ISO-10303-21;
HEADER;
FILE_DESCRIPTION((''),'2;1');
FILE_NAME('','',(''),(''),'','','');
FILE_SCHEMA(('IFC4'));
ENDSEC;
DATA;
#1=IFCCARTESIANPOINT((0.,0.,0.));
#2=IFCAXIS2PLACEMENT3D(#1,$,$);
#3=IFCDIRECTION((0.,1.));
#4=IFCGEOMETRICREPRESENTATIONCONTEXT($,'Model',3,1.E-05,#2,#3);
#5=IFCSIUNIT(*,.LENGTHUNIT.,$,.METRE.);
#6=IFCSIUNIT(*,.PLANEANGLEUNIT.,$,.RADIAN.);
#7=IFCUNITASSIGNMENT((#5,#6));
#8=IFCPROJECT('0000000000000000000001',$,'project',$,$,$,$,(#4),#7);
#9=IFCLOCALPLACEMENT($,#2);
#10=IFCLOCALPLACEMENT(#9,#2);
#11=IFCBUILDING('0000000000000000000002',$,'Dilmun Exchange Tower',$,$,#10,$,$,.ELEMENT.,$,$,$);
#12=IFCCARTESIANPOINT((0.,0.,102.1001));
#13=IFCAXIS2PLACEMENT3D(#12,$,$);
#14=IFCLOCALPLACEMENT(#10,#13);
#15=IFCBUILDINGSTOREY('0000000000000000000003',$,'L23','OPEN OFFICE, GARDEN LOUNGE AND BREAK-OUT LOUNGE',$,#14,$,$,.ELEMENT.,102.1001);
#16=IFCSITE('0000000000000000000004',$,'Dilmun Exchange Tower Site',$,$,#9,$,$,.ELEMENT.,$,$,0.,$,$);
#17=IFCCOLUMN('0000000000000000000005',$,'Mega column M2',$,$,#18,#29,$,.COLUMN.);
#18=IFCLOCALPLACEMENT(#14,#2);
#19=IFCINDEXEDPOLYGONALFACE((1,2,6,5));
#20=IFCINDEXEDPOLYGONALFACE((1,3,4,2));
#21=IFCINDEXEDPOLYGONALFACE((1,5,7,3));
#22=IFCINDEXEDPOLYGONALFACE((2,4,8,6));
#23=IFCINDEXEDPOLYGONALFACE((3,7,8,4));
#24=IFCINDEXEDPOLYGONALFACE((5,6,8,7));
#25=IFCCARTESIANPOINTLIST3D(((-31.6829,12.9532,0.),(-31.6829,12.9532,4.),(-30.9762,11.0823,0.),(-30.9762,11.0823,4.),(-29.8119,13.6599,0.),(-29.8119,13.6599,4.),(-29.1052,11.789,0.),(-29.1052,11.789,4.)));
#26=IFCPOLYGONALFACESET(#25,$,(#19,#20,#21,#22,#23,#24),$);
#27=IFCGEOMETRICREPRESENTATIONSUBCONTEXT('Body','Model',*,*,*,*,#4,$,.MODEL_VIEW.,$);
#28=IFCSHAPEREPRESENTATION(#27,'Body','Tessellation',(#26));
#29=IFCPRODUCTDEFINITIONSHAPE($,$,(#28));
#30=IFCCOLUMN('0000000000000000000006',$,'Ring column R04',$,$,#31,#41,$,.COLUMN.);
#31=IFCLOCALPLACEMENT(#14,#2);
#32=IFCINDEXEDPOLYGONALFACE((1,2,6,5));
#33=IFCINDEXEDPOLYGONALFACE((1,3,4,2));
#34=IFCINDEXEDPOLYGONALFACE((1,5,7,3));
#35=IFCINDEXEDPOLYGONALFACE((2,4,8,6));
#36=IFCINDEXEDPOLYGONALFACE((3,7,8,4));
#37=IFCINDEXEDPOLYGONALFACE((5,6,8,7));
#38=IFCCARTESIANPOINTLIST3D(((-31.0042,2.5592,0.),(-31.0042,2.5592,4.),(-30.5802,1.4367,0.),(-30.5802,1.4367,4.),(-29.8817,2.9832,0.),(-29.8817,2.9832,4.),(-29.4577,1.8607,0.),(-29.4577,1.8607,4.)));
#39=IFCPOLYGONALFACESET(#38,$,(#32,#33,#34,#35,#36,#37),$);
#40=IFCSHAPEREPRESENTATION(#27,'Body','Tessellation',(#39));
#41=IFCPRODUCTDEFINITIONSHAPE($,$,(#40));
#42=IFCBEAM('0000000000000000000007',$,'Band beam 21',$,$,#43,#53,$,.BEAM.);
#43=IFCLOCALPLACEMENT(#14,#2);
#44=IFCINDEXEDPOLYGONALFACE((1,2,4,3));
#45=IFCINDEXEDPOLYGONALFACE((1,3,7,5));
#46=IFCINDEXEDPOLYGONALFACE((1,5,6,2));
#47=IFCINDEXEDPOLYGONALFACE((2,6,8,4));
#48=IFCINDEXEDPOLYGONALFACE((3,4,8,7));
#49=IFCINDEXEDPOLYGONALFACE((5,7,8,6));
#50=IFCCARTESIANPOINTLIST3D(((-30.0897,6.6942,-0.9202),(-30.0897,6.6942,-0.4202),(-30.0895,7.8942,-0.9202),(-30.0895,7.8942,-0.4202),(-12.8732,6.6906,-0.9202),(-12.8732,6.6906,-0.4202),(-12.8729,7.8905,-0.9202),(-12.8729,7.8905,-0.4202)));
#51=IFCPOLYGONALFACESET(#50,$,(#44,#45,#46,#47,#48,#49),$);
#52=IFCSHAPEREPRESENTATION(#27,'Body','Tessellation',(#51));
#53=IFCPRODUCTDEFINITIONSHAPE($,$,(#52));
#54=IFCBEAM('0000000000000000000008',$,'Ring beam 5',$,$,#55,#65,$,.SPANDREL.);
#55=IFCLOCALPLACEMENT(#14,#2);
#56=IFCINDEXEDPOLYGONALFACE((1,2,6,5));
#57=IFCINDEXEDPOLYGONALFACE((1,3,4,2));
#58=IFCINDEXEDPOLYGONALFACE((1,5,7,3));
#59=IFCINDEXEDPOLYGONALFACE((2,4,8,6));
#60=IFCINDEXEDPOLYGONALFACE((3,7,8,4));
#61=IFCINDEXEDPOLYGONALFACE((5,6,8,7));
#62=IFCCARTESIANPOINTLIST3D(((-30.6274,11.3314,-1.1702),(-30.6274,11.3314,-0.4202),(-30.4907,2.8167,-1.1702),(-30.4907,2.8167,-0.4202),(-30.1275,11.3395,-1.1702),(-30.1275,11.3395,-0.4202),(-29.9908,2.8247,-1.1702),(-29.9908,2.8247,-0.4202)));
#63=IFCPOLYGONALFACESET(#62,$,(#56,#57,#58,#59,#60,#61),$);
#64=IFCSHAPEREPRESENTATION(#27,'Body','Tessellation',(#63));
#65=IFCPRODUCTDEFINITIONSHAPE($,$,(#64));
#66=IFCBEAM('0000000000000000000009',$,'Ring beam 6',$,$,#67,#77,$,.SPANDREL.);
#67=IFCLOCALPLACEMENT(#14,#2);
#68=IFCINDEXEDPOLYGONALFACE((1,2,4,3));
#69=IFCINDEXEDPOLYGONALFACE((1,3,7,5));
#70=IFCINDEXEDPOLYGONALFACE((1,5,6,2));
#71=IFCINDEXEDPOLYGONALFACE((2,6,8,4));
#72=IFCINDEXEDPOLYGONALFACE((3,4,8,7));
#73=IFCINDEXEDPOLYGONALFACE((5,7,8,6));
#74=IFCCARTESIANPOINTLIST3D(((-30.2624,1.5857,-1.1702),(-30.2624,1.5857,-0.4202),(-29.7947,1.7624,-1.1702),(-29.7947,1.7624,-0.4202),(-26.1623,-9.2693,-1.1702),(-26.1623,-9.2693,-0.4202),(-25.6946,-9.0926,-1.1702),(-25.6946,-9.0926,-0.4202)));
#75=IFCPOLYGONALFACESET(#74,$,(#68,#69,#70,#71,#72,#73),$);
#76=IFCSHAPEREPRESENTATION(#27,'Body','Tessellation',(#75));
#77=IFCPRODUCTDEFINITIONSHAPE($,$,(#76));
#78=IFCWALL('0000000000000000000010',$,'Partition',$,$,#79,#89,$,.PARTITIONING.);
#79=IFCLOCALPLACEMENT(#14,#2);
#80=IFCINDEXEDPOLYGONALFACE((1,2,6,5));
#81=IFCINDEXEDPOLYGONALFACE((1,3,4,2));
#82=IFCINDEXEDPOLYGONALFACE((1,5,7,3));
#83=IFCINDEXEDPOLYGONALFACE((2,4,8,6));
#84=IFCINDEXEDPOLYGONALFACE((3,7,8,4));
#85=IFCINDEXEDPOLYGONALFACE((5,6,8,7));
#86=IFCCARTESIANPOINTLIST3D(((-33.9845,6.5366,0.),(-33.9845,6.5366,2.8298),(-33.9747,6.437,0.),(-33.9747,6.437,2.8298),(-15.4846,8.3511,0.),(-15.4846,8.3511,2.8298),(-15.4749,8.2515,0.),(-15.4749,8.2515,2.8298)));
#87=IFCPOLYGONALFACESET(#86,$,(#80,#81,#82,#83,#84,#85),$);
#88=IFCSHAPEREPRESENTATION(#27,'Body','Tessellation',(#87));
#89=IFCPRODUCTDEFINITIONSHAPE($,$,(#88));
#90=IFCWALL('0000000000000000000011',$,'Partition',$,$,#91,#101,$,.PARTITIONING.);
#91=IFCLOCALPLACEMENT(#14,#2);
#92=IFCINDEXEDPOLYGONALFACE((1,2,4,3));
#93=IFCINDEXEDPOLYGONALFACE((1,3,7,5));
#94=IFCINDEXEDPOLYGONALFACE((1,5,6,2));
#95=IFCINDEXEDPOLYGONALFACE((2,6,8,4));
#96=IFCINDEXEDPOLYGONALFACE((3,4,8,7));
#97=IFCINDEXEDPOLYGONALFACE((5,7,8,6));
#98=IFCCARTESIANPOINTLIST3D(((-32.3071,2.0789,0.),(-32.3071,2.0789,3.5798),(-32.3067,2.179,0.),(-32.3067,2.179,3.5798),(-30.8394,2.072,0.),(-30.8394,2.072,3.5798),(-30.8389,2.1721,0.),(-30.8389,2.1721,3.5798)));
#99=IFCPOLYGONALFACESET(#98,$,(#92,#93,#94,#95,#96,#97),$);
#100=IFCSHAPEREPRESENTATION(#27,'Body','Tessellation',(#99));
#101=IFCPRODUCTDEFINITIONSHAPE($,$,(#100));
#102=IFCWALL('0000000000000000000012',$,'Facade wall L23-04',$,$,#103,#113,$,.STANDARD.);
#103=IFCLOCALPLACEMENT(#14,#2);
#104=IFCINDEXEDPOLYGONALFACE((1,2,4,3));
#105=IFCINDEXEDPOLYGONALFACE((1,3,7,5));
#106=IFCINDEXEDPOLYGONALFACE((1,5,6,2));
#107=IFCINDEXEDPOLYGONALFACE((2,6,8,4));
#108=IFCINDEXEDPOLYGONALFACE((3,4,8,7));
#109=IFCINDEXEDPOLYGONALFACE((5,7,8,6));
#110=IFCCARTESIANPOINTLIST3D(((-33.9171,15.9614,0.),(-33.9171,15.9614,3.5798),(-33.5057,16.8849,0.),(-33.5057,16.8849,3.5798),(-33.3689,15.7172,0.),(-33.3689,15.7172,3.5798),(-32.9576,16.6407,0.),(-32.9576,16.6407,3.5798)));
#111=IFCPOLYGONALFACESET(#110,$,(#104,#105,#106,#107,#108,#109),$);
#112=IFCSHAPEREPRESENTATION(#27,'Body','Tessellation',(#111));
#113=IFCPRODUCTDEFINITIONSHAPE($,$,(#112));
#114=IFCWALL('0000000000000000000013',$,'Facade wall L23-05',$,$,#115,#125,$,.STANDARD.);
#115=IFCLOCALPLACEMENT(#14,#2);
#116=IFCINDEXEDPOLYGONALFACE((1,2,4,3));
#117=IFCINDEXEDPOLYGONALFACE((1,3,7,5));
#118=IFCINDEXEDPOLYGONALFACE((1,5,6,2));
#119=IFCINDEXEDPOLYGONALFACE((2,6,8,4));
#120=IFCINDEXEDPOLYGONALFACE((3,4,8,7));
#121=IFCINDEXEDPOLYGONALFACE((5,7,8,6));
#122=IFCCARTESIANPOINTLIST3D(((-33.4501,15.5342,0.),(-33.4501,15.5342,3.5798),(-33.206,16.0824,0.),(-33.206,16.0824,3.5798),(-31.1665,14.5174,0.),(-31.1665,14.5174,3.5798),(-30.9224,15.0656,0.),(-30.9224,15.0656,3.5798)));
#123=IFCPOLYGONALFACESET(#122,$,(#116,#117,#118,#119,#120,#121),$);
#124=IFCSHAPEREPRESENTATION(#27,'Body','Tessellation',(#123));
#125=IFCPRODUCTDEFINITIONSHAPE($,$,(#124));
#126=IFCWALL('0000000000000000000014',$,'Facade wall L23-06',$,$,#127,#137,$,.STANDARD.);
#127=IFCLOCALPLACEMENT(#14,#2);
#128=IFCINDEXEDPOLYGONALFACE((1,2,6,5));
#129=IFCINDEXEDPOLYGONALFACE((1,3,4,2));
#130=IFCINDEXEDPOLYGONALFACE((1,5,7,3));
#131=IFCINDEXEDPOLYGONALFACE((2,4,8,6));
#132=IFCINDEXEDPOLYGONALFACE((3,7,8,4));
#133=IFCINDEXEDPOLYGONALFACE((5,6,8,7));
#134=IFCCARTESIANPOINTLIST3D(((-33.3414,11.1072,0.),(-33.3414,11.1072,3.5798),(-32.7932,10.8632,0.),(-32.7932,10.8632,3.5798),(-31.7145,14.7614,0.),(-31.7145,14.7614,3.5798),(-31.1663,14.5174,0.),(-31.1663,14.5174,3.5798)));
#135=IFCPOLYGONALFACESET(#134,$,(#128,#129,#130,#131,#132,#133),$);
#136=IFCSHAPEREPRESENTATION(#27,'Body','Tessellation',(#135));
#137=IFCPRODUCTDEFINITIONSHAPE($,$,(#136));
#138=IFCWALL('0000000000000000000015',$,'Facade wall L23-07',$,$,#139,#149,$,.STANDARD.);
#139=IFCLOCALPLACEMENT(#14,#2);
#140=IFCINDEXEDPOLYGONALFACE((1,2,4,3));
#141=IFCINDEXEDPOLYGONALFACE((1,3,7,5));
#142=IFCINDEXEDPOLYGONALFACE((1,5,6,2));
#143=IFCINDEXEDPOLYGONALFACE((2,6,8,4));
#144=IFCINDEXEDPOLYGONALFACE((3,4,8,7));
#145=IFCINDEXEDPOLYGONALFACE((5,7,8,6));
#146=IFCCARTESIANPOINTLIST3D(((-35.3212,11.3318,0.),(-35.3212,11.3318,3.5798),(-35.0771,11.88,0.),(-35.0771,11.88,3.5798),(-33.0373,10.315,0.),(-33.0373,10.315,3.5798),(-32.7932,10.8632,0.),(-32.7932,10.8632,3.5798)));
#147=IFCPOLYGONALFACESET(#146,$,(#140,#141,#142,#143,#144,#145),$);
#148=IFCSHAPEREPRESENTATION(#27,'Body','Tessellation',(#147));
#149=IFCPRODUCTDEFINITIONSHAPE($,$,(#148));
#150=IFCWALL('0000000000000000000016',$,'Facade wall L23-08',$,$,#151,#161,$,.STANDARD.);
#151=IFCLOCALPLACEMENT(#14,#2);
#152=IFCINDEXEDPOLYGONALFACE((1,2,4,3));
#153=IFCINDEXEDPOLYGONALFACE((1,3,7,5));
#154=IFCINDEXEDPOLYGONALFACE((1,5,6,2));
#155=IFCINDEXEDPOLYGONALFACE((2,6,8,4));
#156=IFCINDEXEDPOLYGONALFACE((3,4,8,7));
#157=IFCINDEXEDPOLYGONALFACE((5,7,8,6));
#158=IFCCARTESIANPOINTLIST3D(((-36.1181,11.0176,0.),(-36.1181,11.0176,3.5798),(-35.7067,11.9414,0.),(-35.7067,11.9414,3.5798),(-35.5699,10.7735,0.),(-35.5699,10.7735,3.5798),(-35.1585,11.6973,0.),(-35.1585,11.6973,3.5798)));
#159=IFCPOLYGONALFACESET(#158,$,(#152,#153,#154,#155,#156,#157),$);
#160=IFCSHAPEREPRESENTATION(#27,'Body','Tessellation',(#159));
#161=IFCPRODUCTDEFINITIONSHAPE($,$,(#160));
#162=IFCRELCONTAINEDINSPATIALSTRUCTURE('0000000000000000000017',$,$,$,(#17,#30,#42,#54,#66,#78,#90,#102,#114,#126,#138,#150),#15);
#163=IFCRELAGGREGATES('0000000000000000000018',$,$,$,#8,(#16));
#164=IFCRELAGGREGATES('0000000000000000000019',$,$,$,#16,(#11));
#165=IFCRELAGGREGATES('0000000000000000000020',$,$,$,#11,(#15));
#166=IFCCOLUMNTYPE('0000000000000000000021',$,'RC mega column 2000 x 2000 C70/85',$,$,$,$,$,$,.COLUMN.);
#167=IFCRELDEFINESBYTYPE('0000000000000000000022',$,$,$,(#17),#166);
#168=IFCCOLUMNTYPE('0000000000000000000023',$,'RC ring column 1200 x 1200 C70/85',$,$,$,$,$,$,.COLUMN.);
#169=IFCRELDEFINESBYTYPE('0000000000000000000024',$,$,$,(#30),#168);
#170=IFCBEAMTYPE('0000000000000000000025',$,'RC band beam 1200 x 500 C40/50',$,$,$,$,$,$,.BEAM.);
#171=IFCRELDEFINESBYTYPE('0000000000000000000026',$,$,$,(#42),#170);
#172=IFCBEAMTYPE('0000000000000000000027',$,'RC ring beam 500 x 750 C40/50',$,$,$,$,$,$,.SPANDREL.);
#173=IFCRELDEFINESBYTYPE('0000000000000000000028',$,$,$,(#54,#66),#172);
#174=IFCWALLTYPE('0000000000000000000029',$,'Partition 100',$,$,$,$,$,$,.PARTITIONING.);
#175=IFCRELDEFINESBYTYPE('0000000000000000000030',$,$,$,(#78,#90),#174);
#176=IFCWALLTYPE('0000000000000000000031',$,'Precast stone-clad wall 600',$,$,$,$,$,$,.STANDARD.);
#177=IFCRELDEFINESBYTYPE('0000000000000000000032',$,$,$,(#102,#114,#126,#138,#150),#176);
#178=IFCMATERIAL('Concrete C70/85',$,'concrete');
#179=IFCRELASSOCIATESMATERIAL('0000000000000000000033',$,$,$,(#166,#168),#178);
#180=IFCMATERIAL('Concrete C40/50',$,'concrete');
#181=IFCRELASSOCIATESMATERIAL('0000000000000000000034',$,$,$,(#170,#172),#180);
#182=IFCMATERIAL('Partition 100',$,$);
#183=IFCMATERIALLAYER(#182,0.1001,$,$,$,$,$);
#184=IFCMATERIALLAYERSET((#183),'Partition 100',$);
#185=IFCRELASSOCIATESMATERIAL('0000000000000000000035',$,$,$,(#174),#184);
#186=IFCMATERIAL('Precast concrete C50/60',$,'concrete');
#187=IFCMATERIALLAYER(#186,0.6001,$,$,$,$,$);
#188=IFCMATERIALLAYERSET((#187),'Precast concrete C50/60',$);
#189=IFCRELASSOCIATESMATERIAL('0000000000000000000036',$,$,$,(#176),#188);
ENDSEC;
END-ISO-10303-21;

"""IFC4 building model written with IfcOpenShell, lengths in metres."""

from ifc_helpers import new_model, si_unit, direction, frame, frame_2d, origin, origin_2d, place, context, subcontext, project, spatial, rectangle, extrude, material, layer, layer_set, material_profile, profile_set, type_object, element, save


model = new_model("IFC4")

# Units and contexts
model_context = context("Model", 3, precision=1e-05, world=origin(), true_north=direction((0.0, 1.0)))
body_context = subcontext(model_context, "Body", "Model", "MODEL_VIEW")
ifc_project = project(units=[si_unit("LENGTHUNIT", "METRE"), si_unit("PLANEANGLEUNIT", "RADIAN")], contexts=[model_context])

# Site, building, storey
site_placement = place(None, origin())
site = spatial("IfcSite", under=ifc_project, at=site_placement, Name="Dilmun Exchange Tower Site", CompositionType="ELEMENT", RefElevation=0.0)
building_placement = place(site_placement, origin())
building = spatial("IfcBuilding", under=site, at=building_placement, Name="Dilmun Exchange Tower", CompositionType="ELEMENT")
storey_placement = place(building_placement, frame((0.0, 0.0, 102.1001)))
storey = spatial("IfcBuildingStorey", under=building, at=storey_placement, Name="L23", Description="OPEN OFFICE, GARDEN LOUNGE AND BREAK-OUT LOUNGE", CompositionType="ELEMENT", Elevation=102.1001)

# Columns
ifc_material_1 = material(Name="Concrete C70/85", Category="concrete")
ifc_material_profile_1 = material_profile(ifc_material_1, rectangle(XDim=2.0, YDim=2.0, at=origin_2d()), Name="2000 x 2000")
ifc_profile_set_1 = profile_set([ifc_material_profile_1], Name="Concrete C70/85")
column_type_1 = type_object("IfcColumnType", Name="RC mega column 2000 x 2000 C70/85", PredefinedType="COLUMN", material=ifc_profile_set_1)
column_1_placement = place(storey_placement, frame((-30.394, 12.3711, 0.0), z_axis=(0.0, 0.0, 1.0), x_axis=(0.935492, 0.353349, 0.0)))
element("IfcColumn", 1, at=column_1_placement, inside=storey, type_object=column_type_1, Name="Mega column M2", PredefinedType="COLUMN", context=body_context, shape_type="SweptSolid", body=[
    extrude(rectangle(XDim=2.0, YDim=2.0, at=origin_2d()), origin(), (0.0, 0.0, 1.0), 4.0),
])
ifc_material_profile_2 = material_profile(ifc_material_1, rectangle(XDim=1.2, YDim=1.2, at=origin_2d()), Name="1200 x 1200")
ifc_profile_set_2 = profile_set([ifc_material_profile_2], Name="Concrete C70/85")
column_type_2 = type_object("IfcColumnType", Name="RC ring column 1200 x 1200 C70/85", PredefinedType="COLUMN", material=ifc_profile_set_2)
column_2_placement = place(storey_placement, frame((-30.231, 2.21, 0.0), z_axis=(0.0, 0.0, 1.0), x_axis=(0.935492, 0.353349, 0.0)))
element("IfcColumn", 2, at=column_2_placement, inside=storey, type_object=column_type_2, Name="Ring column R04", PredefinedType="COLUMN", context=body_context, shape_type="SweptSolid", body=[
    extrude(rectangle(XDim=1.2, YDim=1.2, at=origin_2d()), origin(), (0.0, 0.0, 1.0), 4.0),
])

# Beams
ifc_material_2 = material(Name="Concrete C40/50", Category="concrete")
ifc_material_profile_3 = material_profile(ifc_material_2, rectangle(XDim=1.2, YDim=0.5, at=origin_2d()), Name="1200 x 500")
ifc_profile_set_3 = profile_set([ifc_material_profile_3], Name="Concrete C40/50")
beam_type_1 = type_object("IfcBeamType", Name="RC band beam 1200 x 500 C40/50", PredefinedType="BEAM", material=ifc_profile_set_3)
beam_1_placement = place(storey_placement, frame((-30.0896, 7.2942, -0.6702), z_axis=(1.0, -0.000213, 0.0), x_axis=(0.000213, 1.0, 0.0)))
element("IfcBeam", 3, at=beam_1_placement, inside=storey, type_object=beam_type_1, Name="Band beam 21", PredefinedType="BEAM", context=body_context, shape_type="SweptSolid", body=[
    extrude(rectangle(XDim=1.2, YDim=0.5, at=origin_2d()), origin(), (0.0, 0.0, 1.0), 17.2166),
])
ifc_material_profile_4 = material_profile(ifc_material_2, rectangle(XDim=0.5, YDim=0.75, at=origin_2d()), Name="500 x 750")
ifc_profile_set_4 = profile_set([ifc_material_profile_4], Name="Concrete C40/50")
beam_type_2 = type_object("IfcBeamType", Name="RC ring beam 500 x 750 C40/50", PredefinedType="SPANDREL", material=ifc_profile_set_4)
beam_2_placement = place(storey_placement, frame((-30.3774, 11.3354, -0.7952), z_axis=(0.016054, -0.999871, 0.0), x_axis=(0.999871, 0.016054, 0.0)))
element("IfcBeam", 4, at=beam_2_placement, inside=storey, type_object=beam_type_2, Name="Ring beam 5", PredefinedType="SPANDREL", context=body_context, shape_type="SweptSolid", body=[
    extrude(rectangle(XDim=0.5, YDim=0.75, at=origin_2d()), origin(), (0.0, 0.0, 1.0), 8.5159),
])
beam_3_placement = place(storey_placement, frame((-30.0286, 1.6741, -0.7952), z_axis=(0.35335, -0.935491, 0.0), x_axis=(0.935491, 0.35335, 0.0)))
element("IfcBeam", 5, at=beam_3_placement, inside=storey, type_object=beam_type_2, Name="Ring beam 6", PredefinedType="SPANDREL", context=body_context, shape_type="SweptSolid", body=[
    extrude(rectangle(XDim=0.5, YDim=0.75, at=origin_2d()), origin(), (0.0, 0.0, 1.0), 11.6035),
])

# Walls
ifc_material_3 = material(Name="Partition 100")
ifc_layer_1 = layer(ifc_material_3, 0.1001)
ifc_layer_set_1 = layer_set([ifc_layer_1], Name="Partition 100")
wall_type_1 = type_object("IfcWallType", Name="Partition 100", PredefinedType="PARTITIONING", material=ifc_layer_set_1)
wall_1_placement = place(storey_placement, frame((-33.9797, 6.4868, 0.0), z_axis=(0.0, 0.0, 1.0), x_axis=(0.995225, 0.097611, 0.0)))
element("IfcWall", 6, at=wall_1_placement, inside=storey, type_object=wall_type_1, Name="Partition", PredefinedType="PARTITIONING", context=body_context, shape_type="SweptSolid", body=[
    extrude(rectangle(XDim=18.5886, YDim=0.1001, at=frame_2d((9.2944, 0.0))), origin(), (0.0, 0.0, 1.0), 2.8298),
])
wall_2_placement = place(storey_placement, frame((-32.3069, 2.1289, 0.0), z_axis=(0.0, 0.0, 1.0), x_axis=(0.999989, -0.004657, 0.0)))
element("IfcWall", 7, at=wall_2_placement, inside=storey, type_object=wall_type_1, Name="Partition", PredefinedType="PARTITIONING", context=body_context, shape_type="SweptSolid", body=[
    extrude(rectangle(XDim=1.4678, YDim=0.1001, at=frame_2d((0.7339, 0.0))), origin(), (0.0, 0.0, 1.0), 3.5798),
])
ifc_material_4 = material(Name="Precast concrete C50/60", Category="concrete")
ifc_layer_2 = layer(ifc_material_4, 0.6001)
ifc_layer_set_2 = layer_set([ifc_layer_2], Name="Precast concrete C50/60")
wall_type_2 = type_object("IfcWallType", Name="Precast stone-clad wall 600", PredefinedType="STANDARD", material=ifc_layer_set_2)
wall_3_placement = place(storey_placement, frame((-33.2317, 16.7627, 0.0), z_axis=(0.0, 0.0, 1.0), x_axis=(-0.406878, -0.913483, 0.0)))
element("IfcWall", 8, at=wall_3_placement, inside=storey, type_object=wall_type_2, Name="Facade wall L23-04", PredefinedType="STANDARD", context=body_context, shape_type="SweptSolid", body=[
    extrude(rectangle(XDim=1.011, YDim=0.6001, at=frame_2d((0.5054, 0.0))), origin(), (0.0, 0.0, 1.0), 3.5798),
])
wall_4_placement = place(storey_placement, frame((-33.3281, 15.8083, 0.0), z_axis=(0.0, 0.0, 1.0), x_axis=(0.913533, -0.406764, 0.0)))
element("IfcWall", 9, at=wall_4_placement, inside=storey, type_object=wall_type_2, Name="Facade wall L23-05", PredefinedType="STANDARD", context=body_context, shape_type="SweptSolid", body=[
    extrude(rectangle(XDim=2.4998, YDim=0.6001, at=frame_2d((1.25, 0.0))), origin(), (0.0, 0.0, 1.0), 3.5798),
])
wall_5_placement = place(storey_placement, frame((-31.4404, 14.6394, 0.0), z_axis=(0.0, 0.0, 1.0), x_axis=(-0.406727, -0.91355, 0.0)))
element("IfcWall", 10, at=wall_5_placement, inside=storey, type_object=wall_type_2, Name="Facade wall L23-06", PredefinedType="STANDARD", context=body_context, shape_type="SweptSolid", body=[
    extrude(rectangle(XDim=4.0, YDim=0.6001, at=frame_2d((2.0, 0.0))), origin(), (0.0, 0.0, 1.0), 3.5798),
])
wall_6_placement = place(storey_placement, frame((-32.9153, 10.5891, 0.0), z_axis=(0.0, 0.0, 1.0), x_axis=(-0.91355, 0.406727, 0.0)))
element("IfcWall", 11, at=wall_6_placement, inside=storey, type_object=wall_type_2, Name="Facade wall L23-07", PredefinedType="STANDARD", context=body_context, shape_type="SweptSolid", body=[
    extrude(rectangle(XDim=2.5, YDim=0.6001, at=frame_2d((1.25, 0.0))), origin(), (0.0, 0.0, 1.0), 3.5798),
])
wall_7_placement = place(storey_placement, frame((-35.4326, 11.8193, 0.0), z_axis=(0.0, 0.0, 1.0), x_axis=(-0.406788, -0.913523, 0.0)))
element("IfcWall", 12, at=wall_7_placement, inside=storey, type_object=wall_type_2, Name="Facade wall L23-08", PredefinedType="STANDARD", context=body_context, shape_type="SweptSolid", body=[
    extrude(rectangle(XDim=1.0112, YDim=0.6001, at=frame_2d((0.5056, 0.0))), origin(), (0.0, 0.0, 1.0), 3.5798),
])

save(model, "model.ifc")
